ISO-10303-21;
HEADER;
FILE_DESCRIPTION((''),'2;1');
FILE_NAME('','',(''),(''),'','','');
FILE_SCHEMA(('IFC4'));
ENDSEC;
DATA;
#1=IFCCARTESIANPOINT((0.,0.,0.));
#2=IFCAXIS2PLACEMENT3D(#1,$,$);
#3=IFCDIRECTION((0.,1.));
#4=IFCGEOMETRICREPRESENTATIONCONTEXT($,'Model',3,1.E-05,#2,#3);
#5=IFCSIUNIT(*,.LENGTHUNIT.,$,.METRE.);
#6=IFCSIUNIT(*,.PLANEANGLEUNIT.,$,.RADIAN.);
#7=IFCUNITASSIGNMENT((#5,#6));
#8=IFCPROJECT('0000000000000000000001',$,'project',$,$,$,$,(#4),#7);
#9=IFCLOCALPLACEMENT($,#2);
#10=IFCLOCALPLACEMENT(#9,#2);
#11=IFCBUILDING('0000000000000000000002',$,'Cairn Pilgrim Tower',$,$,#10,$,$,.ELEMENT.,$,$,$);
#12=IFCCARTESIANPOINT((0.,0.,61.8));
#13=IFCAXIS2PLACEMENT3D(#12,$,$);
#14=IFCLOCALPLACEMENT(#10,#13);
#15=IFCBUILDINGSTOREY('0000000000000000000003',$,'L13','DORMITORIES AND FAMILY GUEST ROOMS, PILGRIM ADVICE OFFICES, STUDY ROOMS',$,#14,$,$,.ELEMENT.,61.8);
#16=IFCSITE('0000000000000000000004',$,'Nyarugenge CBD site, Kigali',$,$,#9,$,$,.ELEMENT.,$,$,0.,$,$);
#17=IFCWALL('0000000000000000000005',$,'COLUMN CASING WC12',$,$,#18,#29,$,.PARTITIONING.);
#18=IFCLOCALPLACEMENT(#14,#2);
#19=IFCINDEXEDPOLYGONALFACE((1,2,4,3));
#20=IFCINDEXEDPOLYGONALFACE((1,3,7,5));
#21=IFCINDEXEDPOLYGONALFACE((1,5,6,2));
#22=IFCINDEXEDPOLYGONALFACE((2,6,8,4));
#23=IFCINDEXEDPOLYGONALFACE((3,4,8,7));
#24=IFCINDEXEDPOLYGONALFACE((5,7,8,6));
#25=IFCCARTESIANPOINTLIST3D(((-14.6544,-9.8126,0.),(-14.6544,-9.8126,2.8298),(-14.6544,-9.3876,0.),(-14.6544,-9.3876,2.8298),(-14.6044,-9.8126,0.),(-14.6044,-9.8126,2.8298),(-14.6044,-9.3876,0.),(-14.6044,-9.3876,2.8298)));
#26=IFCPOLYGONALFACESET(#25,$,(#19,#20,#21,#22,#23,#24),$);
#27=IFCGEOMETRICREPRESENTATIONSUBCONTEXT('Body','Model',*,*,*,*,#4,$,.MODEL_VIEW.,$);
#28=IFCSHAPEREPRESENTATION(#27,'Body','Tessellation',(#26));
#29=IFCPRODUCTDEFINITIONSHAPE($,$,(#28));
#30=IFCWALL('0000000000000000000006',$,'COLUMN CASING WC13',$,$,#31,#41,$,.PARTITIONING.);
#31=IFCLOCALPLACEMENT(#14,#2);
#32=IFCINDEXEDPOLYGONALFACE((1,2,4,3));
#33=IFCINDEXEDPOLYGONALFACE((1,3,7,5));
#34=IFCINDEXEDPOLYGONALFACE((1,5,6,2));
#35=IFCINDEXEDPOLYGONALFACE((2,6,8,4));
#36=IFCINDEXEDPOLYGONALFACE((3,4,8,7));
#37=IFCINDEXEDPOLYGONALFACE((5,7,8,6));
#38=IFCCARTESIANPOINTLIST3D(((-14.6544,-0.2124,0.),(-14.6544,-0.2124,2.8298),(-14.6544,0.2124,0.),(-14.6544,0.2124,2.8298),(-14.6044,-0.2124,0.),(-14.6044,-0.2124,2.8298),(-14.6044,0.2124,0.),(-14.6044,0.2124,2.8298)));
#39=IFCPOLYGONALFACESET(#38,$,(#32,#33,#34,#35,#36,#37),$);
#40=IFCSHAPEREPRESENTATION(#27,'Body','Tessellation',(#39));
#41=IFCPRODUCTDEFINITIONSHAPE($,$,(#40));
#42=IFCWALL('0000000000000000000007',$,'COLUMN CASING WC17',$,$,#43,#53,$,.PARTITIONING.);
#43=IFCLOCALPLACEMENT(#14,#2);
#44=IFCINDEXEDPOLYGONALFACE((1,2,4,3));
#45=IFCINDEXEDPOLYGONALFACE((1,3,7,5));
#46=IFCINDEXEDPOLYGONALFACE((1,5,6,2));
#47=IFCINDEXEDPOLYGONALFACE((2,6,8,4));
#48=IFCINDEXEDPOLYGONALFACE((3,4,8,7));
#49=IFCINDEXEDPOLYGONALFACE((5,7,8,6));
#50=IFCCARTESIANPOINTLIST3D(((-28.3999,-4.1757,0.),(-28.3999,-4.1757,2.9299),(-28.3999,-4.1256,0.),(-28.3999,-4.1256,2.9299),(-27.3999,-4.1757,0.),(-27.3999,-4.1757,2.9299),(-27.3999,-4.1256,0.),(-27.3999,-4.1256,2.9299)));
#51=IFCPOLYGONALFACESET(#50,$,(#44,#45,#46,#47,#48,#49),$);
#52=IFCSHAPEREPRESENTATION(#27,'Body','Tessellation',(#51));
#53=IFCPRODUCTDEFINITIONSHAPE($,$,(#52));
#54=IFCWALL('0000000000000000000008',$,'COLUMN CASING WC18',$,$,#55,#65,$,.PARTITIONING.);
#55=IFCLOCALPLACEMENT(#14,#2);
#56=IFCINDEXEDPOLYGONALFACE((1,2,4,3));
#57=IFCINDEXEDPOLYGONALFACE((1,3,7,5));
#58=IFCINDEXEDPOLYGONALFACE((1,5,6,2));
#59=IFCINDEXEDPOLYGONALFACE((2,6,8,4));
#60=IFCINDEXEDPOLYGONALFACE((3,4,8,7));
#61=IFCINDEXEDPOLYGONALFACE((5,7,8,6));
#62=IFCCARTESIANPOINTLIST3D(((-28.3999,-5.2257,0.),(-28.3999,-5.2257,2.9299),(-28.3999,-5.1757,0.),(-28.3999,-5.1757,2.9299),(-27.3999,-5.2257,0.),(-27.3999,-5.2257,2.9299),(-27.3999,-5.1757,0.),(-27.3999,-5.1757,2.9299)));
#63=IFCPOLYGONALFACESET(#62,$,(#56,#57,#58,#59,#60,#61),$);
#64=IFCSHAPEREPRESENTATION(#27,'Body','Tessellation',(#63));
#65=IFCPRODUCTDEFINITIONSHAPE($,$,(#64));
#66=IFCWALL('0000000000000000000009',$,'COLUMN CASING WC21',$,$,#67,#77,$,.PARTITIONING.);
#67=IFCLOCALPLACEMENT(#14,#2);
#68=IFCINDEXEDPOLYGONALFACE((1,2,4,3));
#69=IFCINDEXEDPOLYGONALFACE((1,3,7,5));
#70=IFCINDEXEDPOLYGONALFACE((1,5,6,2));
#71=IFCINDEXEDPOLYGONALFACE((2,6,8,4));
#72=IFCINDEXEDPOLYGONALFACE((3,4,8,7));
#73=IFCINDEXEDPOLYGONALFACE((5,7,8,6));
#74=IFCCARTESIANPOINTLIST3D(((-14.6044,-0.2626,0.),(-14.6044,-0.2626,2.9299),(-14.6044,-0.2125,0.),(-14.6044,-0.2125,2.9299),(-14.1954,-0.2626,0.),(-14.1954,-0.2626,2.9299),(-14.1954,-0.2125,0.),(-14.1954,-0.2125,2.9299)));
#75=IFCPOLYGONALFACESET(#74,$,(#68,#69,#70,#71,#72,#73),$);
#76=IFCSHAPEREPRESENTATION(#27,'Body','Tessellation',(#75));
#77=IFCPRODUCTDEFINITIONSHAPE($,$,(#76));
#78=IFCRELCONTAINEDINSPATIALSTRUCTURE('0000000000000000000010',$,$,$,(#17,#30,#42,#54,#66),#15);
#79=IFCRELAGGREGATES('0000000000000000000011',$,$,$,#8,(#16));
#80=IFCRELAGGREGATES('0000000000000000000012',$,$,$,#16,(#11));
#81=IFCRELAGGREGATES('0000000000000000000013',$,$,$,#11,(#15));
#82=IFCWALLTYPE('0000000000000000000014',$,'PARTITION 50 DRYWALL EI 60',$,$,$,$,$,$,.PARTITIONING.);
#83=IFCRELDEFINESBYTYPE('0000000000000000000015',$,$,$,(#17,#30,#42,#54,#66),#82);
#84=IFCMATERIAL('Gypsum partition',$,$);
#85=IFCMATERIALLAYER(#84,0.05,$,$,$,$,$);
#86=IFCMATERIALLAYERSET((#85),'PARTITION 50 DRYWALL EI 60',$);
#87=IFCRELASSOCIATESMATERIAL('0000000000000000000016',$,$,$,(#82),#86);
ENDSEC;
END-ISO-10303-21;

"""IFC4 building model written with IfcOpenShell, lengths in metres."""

from ifc_helpers import new_model, si_unit, direction, frame, frame_2d, origin, place, context, subcontext, project, spatial, rectangle, extrude, material, layer, layer_set, type_object, element, save


model = new_model("IFC4")

# Units and contexts
model_context = context("Model", 3, precision=1e-05, world=origin(), true_north=direction((0.0, 1.0)))
body_context = subcontext(model_context, "Body", "Model", "MODEL_VIEW")
ifc_project = project(units=[si_unit("LENGTHUNIT", "METRE"), si_unit("PLANEANGLEUNIT", "RADIAN")], contexts=[model_context])

# Site, building, storey
site_placement = place(None, origin())
site = spatial("IfcSite", under=ifc_project, at=site_placement, Name="Nyarugenge CBD site, Kigali", CompositionType="ELEMENT", RefElevation=0.0)
building_placement = place(site_placement, origin())
building = spatial("IfcBuilding", under=site, at=building_placement, Name="Cairn Pilgrim Tower", CompositionType="ELEMENT")
storey_placement = place(building_placement, frame((0.0, 0.0, 61.8)))
storey = spatial("IfcBuildingStorey", under=building, at=storey_placement, Name="L13", Description="DORMITORIES AND FAMILY GUEST ROOMS, PILGRIM ADVICE OFFICES, STUDY ROOMS", CompositionType="ELEMENT", Elevation=61.8)

# Shared definitions
ifc_material_1 = material(Name="Gypsum partition")

# Walls
ifc_layer_1 = layer(ifc_material_1, 0.05)
ifc_layer_set_1 = layer_set([ifc_layer_1], Name="PARTITION 50 DRYWALL EI 60")
wall_type_1 = type_object("IfcWallType", Name="PARTITION 50 DRYWALL EI 60", PredefinedType="PARTITIONING", material=ifc_layer_set_1)
wall_1_placement = place(storey_placement, frame((-14.6294, -9.8125, 0.0), z_axis=(0.0, 0.0, 1.0), x_axis=(0.0, 1.0, 0.0)))
element("IfcWall", 1, at=wall_1_placement, inside=storey, type_object=wall_type_1, Name="COLUMN CASING WC12", PredefinedType="PARTITIONING", context=body_context, shape_type="SweptSolid", body=[
    extrude(rectangle(XDim=0.425, YDim=0.05, at=frame_2d((0.2124, 0.0))), origin(), (0.0, 0.0, 1.0), 2.8298),
])
wall_2_placement = place(storey_placement, frame((-14.6294, -0.2124, 0.0), z_axis=(0.0, 0.0, 1.0), x_axis=(0.0, 1.0, 0.0)))
element("IfcWall", 2, at=wall_2_placement, inside=storey, type_object=wall_type_1, Name="COLUMN CASING WC13", PredefinedType="PARTITIONING", context=body_context, shape_type="SweptSolid", body=[
    extrude(rectangle(XDim=0.4248, YDim=0.05, at=frame_2d((0.2124, 0.0))), origin(), (0.0, 0.0, 1.0), 2.8298),
])
for number, where, z_axis, x_axis, name in (
    (3, (-28.3999, -4.1506, 0.0), (0.0, 0.0, 1.0), (1.0, 0.0, 0.0), "COLUMN CASING WC17"),
    (4, (-28.3999, -5.2007, 0.0), (0.0, 0.0, 1.0), (1.0, 0.0, 0.0), "COLUMN CASING WC18"),
):
    element("IfcWall", number, at=place(storey_placement, frame(where, z_axis=z_axis, x_axis=x_axis)), inside=storey, type_object=wall_type_1, Name=name, PredefinedType="PARTITIONING", context=body_context, shape_type="SweptSolid", body=[
        extrude(rectangle(XDim=1.0, YDim=0.05, at=frame_2d((0.5, 0.0))), origin(), (0.0, 0.0, 1.0), 2.9299),
    ])
wall_3_placement = place(storey_placement, frame((-14.6045, -0.2375, 0.0), z_axis=(0.0, 0.0, 1.0), x_axis=(1.0, 0.0, 0.0)))
element("IfcWall", 5, at=wall_3_placement, inside=storey, type_object=wall_type_1, Name="COLUMN CASING WC21", PredefinedType="PARTITIONING", context=body_context, shape_type="SweptSolid", body=[
    extrude(rectangle(XDim=0.4089, YDim=0.05, at=frame_2d((0.2046, 0.0))), origin(), (0.0, 0.0, 1.0), 2.9299),
])

save(model, "model.ifc")
